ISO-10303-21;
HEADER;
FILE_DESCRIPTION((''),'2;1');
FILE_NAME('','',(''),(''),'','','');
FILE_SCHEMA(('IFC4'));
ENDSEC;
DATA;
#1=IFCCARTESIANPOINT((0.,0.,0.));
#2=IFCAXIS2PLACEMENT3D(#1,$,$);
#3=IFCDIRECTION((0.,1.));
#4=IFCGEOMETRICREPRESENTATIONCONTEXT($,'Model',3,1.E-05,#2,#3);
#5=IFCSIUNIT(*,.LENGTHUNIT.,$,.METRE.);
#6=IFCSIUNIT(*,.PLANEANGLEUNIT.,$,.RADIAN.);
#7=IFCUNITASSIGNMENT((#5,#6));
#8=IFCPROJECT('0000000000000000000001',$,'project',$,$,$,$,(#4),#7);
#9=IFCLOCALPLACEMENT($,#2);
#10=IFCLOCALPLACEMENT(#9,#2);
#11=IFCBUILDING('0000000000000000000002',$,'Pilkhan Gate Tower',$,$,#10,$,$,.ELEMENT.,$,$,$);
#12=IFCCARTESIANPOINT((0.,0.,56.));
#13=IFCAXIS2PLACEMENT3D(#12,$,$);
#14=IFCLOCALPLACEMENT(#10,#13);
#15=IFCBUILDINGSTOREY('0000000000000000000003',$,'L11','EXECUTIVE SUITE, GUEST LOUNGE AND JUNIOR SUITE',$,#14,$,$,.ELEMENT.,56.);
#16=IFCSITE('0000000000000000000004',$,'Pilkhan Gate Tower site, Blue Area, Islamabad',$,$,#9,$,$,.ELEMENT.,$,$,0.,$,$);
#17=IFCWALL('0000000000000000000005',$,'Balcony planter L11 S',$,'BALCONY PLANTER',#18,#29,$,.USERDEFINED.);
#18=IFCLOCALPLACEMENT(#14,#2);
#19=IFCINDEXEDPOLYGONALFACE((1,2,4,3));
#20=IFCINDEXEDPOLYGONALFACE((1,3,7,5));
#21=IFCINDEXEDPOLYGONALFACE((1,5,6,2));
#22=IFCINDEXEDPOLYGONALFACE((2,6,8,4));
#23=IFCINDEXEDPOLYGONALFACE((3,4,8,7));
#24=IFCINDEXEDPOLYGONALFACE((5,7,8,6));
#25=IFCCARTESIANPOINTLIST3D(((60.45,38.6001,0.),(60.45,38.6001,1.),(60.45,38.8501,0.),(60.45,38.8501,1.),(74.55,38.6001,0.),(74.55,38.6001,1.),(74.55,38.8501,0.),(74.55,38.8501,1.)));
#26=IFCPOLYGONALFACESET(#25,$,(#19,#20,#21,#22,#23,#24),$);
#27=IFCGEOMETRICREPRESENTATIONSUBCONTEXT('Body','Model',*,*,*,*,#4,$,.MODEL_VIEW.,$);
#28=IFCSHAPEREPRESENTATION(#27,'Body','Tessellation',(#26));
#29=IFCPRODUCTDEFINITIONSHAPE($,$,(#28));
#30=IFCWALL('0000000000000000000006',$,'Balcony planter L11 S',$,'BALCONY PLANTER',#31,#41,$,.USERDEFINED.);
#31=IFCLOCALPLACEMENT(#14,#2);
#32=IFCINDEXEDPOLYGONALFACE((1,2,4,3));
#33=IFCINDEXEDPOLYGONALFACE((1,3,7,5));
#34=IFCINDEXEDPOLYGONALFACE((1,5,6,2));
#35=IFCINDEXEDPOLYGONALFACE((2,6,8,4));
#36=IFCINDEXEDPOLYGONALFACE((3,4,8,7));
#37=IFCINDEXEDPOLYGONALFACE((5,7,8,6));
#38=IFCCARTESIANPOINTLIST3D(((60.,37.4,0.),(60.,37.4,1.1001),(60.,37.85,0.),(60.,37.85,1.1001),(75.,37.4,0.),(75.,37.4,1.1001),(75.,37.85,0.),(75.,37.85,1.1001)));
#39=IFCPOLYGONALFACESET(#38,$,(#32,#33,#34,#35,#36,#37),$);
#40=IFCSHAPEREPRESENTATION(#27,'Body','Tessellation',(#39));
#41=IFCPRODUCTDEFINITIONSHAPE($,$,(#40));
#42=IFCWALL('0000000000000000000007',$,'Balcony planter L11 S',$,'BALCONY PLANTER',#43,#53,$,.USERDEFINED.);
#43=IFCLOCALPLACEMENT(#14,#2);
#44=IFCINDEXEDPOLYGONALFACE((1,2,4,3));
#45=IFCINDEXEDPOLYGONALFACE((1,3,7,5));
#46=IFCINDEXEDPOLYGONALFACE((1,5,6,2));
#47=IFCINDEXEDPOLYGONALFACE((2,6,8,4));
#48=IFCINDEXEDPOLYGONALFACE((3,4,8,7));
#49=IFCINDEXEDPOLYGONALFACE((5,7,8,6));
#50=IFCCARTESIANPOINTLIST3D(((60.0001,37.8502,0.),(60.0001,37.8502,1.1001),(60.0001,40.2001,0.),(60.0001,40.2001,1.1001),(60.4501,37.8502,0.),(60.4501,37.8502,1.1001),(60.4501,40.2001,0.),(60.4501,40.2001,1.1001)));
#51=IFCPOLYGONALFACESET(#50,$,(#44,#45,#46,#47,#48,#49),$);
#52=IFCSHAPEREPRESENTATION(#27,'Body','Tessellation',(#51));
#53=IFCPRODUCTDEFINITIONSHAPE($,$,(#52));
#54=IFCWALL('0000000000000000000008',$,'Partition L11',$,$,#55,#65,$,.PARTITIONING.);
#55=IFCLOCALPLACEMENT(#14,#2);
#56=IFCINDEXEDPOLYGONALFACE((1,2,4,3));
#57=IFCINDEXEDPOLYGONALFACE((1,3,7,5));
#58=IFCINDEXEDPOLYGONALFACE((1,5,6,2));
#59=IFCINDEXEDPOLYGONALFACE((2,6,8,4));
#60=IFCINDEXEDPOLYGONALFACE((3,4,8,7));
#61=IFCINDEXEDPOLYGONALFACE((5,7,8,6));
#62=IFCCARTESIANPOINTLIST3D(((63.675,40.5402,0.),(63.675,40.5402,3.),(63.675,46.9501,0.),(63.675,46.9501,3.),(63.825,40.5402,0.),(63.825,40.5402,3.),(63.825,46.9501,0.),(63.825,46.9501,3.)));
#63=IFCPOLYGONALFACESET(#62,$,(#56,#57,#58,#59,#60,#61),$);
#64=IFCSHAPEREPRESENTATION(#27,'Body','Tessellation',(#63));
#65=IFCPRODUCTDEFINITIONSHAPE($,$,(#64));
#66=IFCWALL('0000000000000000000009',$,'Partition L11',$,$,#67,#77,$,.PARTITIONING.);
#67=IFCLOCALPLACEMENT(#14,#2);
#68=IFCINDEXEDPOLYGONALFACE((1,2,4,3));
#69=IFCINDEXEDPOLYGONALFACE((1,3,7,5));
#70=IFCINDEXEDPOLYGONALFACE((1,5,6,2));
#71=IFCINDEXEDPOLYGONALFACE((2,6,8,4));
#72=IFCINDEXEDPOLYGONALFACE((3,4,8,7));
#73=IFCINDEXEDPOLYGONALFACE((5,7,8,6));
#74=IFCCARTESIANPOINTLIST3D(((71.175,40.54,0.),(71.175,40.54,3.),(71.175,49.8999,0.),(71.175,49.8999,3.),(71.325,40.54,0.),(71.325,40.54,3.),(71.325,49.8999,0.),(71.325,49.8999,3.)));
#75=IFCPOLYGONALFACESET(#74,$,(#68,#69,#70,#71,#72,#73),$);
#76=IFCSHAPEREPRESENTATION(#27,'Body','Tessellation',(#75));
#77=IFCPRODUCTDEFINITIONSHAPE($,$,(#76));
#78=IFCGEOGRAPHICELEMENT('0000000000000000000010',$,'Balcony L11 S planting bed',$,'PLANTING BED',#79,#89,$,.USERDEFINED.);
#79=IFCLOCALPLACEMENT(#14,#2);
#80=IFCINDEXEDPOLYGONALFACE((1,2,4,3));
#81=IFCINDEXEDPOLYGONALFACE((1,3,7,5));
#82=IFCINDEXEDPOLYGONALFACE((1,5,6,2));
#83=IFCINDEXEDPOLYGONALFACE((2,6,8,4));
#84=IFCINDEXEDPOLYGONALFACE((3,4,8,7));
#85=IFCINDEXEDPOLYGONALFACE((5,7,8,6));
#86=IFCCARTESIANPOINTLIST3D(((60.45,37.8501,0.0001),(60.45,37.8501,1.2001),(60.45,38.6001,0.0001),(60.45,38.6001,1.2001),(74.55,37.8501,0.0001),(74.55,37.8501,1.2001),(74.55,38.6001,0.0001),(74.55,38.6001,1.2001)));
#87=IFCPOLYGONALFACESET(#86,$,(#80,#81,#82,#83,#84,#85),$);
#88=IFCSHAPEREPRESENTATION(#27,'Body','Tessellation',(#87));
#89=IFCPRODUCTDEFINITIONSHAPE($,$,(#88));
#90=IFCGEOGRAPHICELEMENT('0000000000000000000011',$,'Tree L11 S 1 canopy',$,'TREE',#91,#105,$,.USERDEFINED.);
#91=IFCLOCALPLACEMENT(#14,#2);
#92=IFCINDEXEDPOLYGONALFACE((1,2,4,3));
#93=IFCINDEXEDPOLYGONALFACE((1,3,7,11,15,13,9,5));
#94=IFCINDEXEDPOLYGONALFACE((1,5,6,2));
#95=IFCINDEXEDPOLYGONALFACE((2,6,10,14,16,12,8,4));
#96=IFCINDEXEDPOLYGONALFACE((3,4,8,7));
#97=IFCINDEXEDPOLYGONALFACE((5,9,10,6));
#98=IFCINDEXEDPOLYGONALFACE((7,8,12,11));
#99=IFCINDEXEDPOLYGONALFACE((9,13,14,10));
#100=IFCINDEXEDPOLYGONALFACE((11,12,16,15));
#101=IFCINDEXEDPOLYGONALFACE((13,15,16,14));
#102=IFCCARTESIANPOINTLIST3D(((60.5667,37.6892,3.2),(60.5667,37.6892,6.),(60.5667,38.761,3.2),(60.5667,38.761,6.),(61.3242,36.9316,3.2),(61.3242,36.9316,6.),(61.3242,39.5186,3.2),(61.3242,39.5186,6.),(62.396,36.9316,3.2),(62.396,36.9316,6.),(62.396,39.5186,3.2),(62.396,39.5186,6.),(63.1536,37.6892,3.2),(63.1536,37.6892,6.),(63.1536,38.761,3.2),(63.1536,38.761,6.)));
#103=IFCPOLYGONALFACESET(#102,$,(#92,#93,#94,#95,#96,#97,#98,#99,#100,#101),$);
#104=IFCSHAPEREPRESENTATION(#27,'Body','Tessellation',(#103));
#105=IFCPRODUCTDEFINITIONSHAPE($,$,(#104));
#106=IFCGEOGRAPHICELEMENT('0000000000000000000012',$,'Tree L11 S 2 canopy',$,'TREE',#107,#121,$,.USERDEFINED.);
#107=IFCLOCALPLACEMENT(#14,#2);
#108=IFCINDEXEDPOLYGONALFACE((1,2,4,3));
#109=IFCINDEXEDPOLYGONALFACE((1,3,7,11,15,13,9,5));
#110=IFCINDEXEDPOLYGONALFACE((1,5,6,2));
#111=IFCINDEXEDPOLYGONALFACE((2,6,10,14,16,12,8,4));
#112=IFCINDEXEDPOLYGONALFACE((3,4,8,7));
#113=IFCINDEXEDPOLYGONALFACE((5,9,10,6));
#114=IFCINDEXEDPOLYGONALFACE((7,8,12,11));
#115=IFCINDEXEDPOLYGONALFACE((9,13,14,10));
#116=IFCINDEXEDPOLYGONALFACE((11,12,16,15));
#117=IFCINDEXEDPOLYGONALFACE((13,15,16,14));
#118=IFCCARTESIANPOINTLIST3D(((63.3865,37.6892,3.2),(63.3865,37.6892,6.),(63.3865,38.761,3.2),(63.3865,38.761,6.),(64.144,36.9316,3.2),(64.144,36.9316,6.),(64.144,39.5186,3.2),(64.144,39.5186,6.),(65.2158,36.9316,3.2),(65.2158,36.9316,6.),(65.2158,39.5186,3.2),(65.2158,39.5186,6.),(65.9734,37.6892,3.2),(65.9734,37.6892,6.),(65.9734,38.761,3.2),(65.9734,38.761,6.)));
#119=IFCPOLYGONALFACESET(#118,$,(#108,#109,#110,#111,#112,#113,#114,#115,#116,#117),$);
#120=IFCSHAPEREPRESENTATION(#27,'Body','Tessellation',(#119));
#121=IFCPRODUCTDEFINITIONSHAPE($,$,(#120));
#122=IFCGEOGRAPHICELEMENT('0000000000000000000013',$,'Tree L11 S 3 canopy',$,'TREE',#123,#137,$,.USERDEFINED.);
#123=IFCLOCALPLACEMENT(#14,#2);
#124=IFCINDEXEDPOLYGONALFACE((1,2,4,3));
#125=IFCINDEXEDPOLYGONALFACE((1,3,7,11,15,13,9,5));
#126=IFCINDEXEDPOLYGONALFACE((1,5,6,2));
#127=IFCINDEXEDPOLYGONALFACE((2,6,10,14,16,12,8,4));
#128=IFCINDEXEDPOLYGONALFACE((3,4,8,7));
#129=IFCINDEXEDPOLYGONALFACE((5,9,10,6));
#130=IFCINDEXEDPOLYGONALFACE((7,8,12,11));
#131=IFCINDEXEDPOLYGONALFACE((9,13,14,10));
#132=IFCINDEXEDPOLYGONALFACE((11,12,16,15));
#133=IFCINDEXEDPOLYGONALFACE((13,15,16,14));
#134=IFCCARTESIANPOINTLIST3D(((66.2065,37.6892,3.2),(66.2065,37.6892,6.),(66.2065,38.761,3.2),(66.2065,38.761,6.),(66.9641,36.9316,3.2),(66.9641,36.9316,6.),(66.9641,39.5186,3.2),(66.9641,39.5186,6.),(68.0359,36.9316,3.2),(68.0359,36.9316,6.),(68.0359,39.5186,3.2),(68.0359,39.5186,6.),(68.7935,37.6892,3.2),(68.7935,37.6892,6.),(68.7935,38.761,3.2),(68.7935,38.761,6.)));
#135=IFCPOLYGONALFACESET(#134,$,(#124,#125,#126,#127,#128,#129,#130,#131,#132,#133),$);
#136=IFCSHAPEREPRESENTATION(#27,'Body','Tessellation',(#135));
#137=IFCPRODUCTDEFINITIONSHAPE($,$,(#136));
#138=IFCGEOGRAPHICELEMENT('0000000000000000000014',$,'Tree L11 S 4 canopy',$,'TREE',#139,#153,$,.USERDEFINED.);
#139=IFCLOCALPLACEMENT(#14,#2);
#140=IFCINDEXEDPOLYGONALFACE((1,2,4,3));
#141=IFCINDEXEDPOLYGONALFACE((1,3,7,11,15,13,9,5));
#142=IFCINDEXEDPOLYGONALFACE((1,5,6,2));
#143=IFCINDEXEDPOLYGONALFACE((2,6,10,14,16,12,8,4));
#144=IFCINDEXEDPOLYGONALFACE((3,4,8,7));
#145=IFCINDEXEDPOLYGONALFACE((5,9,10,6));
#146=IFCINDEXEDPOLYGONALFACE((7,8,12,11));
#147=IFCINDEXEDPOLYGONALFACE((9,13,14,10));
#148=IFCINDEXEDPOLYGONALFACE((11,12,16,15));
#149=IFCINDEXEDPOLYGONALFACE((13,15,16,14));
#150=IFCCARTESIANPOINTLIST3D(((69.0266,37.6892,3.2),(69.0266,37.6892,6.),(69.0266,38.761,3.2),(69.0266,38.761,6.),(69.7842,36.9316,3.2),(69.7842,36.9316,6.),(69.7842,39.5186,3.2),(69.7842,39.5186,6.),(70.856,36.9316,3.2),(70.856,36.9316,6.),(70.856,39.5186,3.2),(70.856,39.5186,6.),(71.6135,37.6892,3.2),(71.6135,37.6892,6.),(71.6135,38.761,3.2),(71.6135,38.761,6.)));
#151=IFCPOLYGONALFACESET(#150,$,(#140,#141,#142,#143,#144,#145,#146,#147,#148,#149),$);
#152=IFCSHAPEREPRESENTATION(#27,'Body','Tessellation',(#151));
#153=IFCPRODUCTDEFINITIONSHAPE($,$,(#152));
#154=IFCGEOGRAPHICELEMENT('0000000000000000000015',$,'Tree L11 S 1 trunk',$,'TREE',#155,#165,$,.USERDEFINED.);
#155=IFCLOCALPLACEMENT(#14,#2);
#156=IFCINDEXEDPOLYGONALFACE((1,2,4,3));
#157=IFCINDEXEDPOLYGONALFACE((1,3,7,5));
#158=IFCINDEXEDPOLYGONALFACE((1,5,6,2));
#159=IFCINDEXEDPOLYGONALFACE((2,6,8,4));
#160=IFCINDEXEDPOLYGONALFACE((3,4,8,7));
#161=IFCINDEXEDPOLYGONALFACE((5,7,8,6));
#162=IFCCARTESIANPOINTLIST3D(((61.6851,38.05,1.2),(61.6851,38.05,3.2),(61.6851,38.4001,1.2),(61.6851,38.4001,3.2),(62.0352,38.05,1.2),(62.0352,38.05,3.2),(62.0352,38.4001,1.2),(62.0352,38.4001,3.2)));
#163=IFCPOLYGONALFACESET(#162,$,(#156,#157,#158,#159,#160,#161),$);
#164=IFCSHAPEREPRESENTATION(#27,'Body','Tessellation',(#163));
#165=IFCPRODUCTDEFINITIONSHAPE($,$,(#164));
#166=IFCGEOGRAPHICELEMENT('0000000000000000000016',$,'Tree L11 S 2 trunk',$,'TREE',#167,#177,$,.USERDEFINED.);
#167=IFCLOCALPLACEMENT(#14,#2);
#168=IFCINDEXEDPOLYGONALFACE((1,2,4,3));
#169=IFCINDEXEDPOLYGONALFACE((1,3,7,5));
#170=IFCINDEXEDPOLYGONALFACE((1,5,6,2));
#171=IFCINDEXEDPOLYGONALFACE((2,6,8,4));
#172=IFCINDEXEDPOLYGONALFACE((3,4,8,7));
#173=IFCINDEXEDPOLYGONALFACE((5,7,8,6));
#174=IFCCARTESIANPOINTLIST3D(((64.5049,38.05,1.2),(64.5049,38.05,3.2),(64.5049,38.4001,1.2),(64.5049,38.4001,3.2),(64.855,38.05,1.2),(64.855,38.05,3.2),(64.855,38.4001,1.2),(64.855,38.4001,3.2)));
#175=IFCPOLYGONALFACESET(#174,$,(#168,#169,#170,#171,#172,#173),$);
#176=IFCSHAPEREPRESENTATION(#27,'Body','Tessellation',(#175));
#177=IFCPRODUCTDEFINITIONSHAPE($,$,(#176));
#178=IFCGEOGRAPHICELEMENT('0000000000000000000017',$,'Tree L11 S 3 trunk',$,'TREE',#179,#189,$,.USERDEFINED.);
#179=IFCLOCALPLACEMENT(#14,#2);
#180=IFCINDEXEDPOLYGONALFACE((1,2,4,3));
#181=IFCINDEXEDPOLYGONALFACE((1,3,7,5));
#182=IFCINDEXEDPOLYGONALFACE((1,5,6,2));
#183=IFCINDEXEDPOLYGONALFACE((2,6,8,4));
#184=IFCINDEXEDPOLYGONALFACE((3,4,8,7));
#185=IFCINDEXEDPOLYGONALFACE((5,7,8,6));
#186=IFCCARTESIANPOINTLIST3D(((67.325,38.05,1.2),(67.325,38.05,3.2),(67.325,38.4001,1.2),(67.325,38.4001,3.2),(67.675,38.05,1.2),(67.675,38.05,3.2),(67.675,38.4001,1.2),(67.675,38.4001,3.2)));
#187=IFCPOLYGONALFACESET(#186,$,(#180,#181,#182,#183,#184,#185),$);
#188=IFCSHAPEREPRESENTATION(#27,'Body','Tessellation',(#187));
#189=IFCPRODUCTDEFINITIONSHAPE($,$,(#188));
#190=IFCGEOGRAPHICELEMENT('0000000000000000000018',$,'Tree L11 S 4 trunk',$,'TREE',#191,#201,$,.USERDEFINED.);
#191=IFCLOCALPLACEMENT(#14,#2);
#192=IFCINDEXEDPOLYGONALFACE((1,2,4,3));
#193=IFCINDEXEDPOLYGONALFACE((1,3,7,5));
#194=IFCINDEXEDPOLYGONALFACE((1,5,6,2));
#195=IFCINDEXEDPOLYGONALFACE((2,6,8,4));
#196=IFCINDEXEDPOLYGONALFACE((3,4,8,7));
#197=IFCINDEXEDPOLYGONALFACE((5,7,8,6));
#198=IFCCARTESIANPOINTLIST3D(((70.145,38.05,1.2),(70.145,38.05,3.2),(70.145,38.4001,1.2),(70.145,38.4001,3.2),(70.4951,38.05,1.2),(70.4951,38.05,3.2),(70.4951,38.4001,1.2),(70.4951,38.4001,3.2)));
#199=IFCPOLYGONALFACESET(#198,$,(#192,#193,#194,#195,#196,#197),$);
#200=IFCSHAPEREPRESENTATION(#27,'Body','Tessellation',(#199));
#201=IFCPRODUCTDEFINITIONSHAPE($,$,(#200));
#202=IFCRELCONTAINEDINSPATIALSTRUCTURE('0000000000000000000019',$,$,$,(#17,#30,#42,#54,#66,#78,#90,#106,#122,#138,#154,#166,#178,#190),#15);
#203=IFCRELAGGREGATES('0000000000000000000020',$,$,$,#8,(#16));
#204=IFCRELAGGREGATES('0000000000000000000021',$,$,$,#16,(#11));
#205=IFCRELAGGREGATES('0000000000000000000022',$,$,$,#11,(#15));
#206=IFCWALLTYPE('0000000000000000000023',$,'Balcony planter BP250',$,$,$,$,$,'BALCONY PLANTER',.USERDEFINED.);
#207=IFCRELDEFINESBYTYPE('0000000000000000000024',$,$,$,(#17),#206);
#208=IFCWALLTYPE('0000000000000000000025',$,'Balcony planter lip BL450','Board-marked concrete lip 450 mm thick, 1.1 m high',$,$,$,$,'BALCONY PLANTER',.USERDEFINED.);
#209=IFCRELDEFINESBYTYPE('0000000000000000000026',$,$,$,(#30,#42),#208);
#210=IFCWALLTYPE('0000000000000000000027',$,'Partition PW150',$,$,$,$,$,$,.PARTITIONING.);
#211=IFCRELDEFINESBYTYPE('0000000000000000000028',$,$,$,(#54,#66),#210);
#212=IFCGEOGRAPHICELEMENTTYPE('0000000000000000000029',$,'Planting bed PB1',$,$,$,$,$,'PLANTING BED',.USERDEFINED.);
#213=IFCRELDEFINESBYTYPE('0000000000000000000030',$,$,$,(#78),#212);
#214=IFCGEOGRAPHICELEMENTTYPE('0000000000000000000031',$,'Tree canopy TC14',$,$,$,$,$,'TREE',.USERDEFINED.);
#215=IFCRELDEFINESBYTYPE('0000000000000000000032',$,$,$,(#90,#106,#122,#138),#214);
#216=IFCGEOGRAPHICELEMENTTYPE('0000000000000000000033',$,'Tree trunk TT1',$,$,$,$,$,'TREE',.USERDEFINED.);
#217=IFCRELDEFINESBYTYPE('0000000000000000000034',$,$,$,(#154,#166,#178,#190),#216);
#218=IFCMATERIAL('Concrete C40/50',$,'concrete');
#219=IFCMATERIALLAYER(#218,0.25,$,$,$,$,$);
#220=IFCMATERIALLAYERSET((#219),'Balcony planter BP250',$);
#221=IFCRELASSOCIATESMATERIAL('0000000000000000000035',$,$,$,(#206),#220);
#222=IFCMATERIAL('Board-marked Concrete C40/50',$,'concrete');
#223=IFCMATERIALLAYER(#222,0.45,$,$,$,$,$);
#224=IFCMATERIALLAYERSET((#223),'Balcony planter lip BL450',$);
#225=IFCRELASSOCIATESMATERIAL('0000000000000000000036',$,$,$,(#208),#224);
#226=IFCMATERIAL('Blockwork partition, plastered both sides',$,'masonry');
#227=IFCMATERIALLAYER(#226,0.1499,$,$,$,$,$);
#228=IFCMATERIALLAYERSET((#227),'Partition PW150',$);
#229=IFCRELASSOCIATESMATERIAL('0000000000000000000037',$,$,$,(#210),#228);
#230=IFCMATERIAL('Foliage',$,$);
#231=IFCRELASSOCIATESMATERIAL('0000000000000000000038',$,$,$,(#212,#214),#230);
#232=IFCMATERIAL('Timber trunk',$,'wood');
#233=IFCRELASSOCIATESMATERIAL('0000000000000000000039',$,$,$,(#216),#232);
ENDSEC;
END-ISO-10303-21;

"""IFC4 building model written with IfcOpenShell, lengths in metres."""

from ifc_helpers import new_model, si_unit, direction, frame, frame_2d, origin, origin_2d, place, context, subcontext, project, spatial, polyline, rectangle, outline, extrude, material, layer, layer_set, material_profile, profile_set, type_object, element, save


model = new_model("IFC4")

# Units and contexts
model_context = context("Model", 3, precision=1e-05, world=origin(), true_north=direction((0.0, 1.0)))
body_context = subcontext(model_context, "Body", "Model", "MODEL_VIEW")
ifc_project = project(units=[si_unit("LENGTHUNIT", "METRE"), si_unit("PLANEANGLEUNIT", "RADIAN")], contexts=[model_context])

# Site, building, storey
site_placement = place(None, origin())
site = spatial("IfcSite", under=ifc_project, at=site_placement, Name="Pilkhan Gate Tower site, Blue Area, Islamabad", CompositionType="ELEMENT", RefElevation=0.0)
building_placement = place(site_placement, origin())
building = spatial("IfcBuilding", under=site, at=building_placement, Name="Pilkhan Gate Tower", CompositionType="ELEMENT")
storey_placement = place(building_placement, frame((0.0, 0.0, 56.0)))
storey = spatial("IfcBuildingStorey", under=building, at=storey_placement, Name="L11", Description="EXECUTIVE SUITE, GUEST LOUNGE AND JUNIOR SUITE", CompositionType="ELEMENT", Elevation=56.0)

# Walls
ifc_material_1 = material(Name="Concrete C40/50", Category="concrete")
ifc_layer_1 = layer(ifc_material_1, 0.25)
ifc_layer_set_1 = layer_set([ifc_layer_1], Name="Balcony planter BP250")
wall_type_1 = type_object("IfcWallType", Name="Balcony planter BP250", ElementType="BALCONY PLANTER", PredefinedType="USERDEFINED", material=ifc_layer_set_1)
wall_1_placement = place(storey_placement, frame((60.45, 38.7251, 0.0), z_axis=(0.0, 0.0, 1.0), x_axis=(1.0, 0.0, 0.0)))
element("IfcWall", 1, at=wall_1_placement, inside=storey, type_object=wall_type_1, Name="Balcony planter L11 S", ObjectType="BALCONY PLANTER", PredefinedType="USERDEFINED", context=body_context, shape_type="SweptSolid", body=[
    extrude(rectangle(XDim=14.1001, YDim=0.25, at=frame_2d((7.05, 0.0))), origin(), (0.0, 0.0, 1.0), 1.0),
])
ifc_material_2 = material(Name="Board-marked Concrete C40/50", Category="concrete")
ifc_layer_2 = layer(ifc_material_2, 0.45)
ifc_layer_set_2 = layer_set([ifc_layer_2], Name="Balcony planter lip BL450")
wall_type_2 = type_object("IfcWallType", Name="Balcony planter lip BL450", Description="Board-marked concrete lip 450 mm thick, 1.1 m high", ElementType="BALCONY PLANTER", PredefinedType="USERDEFINED", material=ifc_layer_set_2)
wall_2_placement = place(storey_placement, frame((60.0, 37.625, 0.0), z_axis=(0.0, 0.0, 1.0), x_axis=(1.0, 0.0, 0.0)))
element("IfcWall", 2, at=wall_2_placement, inside=storey, type_object=wall_type_2, Name="Balcony planter L11 S", ObjectType="BALCONY PLANTER", PredefinedType="USERDEFINED", context=body_context, shape_type="SweptSolid", body=[
    extrude(rectangle(XDim=15.0, YDim=0.45, at=frame_2d((7.5, 0.0))), origin(), (0.0, 0.0, 1.0), 1.1001),
])
wall_3_placement = place(storey_placement, frame((60.2251, 40.2, 0.0), z_axis=(0.0, 0.0, 1.0), x_axis=(0.0, -1.0, 0.0)))
element("IfcWall", 3, at=wall_3_placement, inside=storey, type_object=wall_type_2, Name="Balcony planter L11 S", ObjectType="BALCONY PLANTER", PredefinedType="USERDEFINED", context=body_context, shape_type="SweptSolid", body=[
    extrude(rectangle(XDim=2.3499, YDim=0.45, at=frame_2d((1.1748, 0.0))), origin(), (0.0, 0.0, 1.0), 1.1001),
])

# Walls
ifc_material_3 = material(Name="Blockwork partition, plastered both sides", Category="masonry")
ifc_layer_3 = layer(ifc_material_3, 0.1499)
ifc_layer_set_3 = layer_set([ifc_layer_3], Name="Partition PW150")
wall_type_3 = type_object("IfcWallType", Name="Partition PW150", PredefinedType="PARTITIONING", material=ifc_layer_set_3)
wall_4_placement = place(storey_placement, frame((63.75, 40.54, 0.0), z_axis=(0.0, 0.0, 1.0), x_axis=(0.0, 1.0, 0.0)))
element("IfcWall", 4, at=wall_4_placement, inside=storey, type_object=wall_type_3, Name="Partition L11", PredefinedType="PARTITIONING", context=body_context, shape_type="SweptSolid", body=[
    extrude(rectangle(XDim=6.4099, YDim=0.1499, at=frame_2d((3.2051, 0.0))), origin(), (0.0, 0.0, 1.0), 3.0),
])
wall_5_placement = place(storey_placement, frame((71.25, 40.54, 0.0), z_axis=(0.0, 0.0, 1.0), x_axis=(0.0, 1.0, 0.0)))
element("IfcWall", 5, at=wall_5_placement, inside=storey, type_object=wall_type_3, Name="Partition L11", PredefinedType="PARTITIONING", context=body_context, shape_type="SweptSolid", body=[
    extrude(rectangle(XDim=9.3599, YDim=0.1499, at=frame_2d((4.6799, 0.0))), origin(), (0.0, 0.0, 1.0), 3.0),
])

# Geographic elements
ifc_material_4 = material(Name="Foliage")
ifc_material_profile_1 = material_profile(ifc_material_4, rectangle(XDim=0.75, YDim=1.2, at=origin_2d()), Name="Bed 750x1200")
ifc_profile_set_1 = profile_set([ifc_material_profile_1], Name="Foliage")
geographic_element_type_1 = type_object("IfcGeographicElementType", Name="Planting bed PB1", ElementType="PLANTING BED", PredefinedType="USERDEFINED", material=ifc_profile_set_1)
geographic_element_placement = place(storey_placement, frame((60.45, 38.2251, 0.6001), z_axis=(1.0, 0.0, 0.0), x_axis=(0.0, 1.0, 0.0)))
element("IfcGeographicElement", 6, at=geographic_element_placement, inside=storey, type_object=geographic_element_type_1, Name="Balcony L11 S planting bed", ObjectType="PLANTING BED", PredefinedType="USERDEFINED", context=body_context, shape_type="SweptSolid", body=[
    extrude(rectangle(XDim=0.75, YDim=1.2, at=origin_2d()), origin(), (0.0, 0.0, 1.0), 14.1001),
])
ifc_material_profile_2 = material_profile(ifc_material_4, outline(polyline([(1.2935, 0.5359), (0.5359, 1.2935), (-0.5359, 1.2935), (-1.2935, 0.5359), (-1.2935, -0.5359), (-0.5359, -1.2935), (0.5359, -1.2935), (1.2935, -0.5359), (1.2935, 0.5359)])), Name="Canopy D2.8")
ifc_profile_set_2 = profile_set([ifc_material_profile_2], Name="Foliage")
geographic_element_type_2 = type_object("IfcGeographicElementType", Name="Tree canopy TC14", ElementType="TREE", PredefinedType="USERDEFINED", material=ifc_profile_set_2)
for number, where, z_axis, x_axis, name in (
    (7, (61.8601, 38.2251, 3.2), (0.0, 0.0, 1.0), (1.0, 0.0, 0.0), "Tree L11 S 1 canopy"),
    (8, (64.6799, 38.2251, 3.2), (0.0, 0.0, 1.0), (1.0, 0.0, 0.0), "Tree L11 S 2 canopy"),
    (9, (67.5, 38.2251, 3.2), (0.0, 0.0, 1.0), (1.0, 0.0, 0.0), "Tree L11 S 3 canopy"),
    (10, (70.3201, 38.2251, 3.2), (0.0, 0.0, 1.0), (1.0, 0.0, 0.0), "Tree L11 S 4 canopy"),
):
    element("IfcGeographicElement", number, at=place(storey_placement, frame(where, z_axis=z_axis, x_axis=x_axis)), inside=storey, type_object=geographic_element_type_2, Name=name, ObjectType="TREE", PredefinedType="USERDEFINED", context=body_context, shape_type="SweptSolid", body=[
        extrude(outline(polyline([(1.2935, 0.5359), (0.5359, 1.2935), (-0.5359, 1.2935), (-1.2935, 0.5359), (-1.2935, -0.5359), (-0.5359, -1.2935), (0.5359, -1.2935), (1.2935, -0.5359), (1.2935, 0.5359)])), origin(), (0.0, 0.0, 1.0), 2.8),
    ])
ifc_material_5 = material(Name="Timber trunk", Category="wood")
geographic_element_type_3 = type_object("IfcGeographicElementType", Name="Tree trunk TT1", ElementType="TREE", PredefinedType="USERDEFINED", material=ifc_material_5)
for number, where, z_axis, x_axis, name in (
    (11, (61.8601, 38.2251, 1.2), (0.0, 0.0, 1.0), (1.0, 0.0, 0.0), "Tree L11 S 1 trunk"),
    (12, (64.6799, 38.2251, 1.2), (0.0, 0.0, 1.0), (1.0, 0.0, 0.0), "Tree L11 S 2 trunk"),
    (13, (67.5, 38.2251, 1.2), (0.0, 0.0, 1.0), (1.0, 0.0, 0.0), "Tree L11 S 3 trunk"),
    (14, (70.3201, 38.2251, 1.2), (0.0, 0.0, 1.0), (1.0, 0.0, 0.0), "Tree L11 S 4 trunk"),
):
    element("IfcGeographicElement", number, at=place(storey_placement, frame(where, z_axis=z_axis, x_axis=x_axis)), inside=storey, type_object=geographic_element_type_3, Name=name, ObjectType="TREE", PredefinedType="USERDEFINED", context=body_context, shape_type="SweptSolid", body=[
        extrude(rectangle(XDim=0.3501, YDim=0.3501, at=origin_2d()), origin(), (0.0, 0.0, 1.0), 2.0),
    ])

save(model, "model.ifc")
